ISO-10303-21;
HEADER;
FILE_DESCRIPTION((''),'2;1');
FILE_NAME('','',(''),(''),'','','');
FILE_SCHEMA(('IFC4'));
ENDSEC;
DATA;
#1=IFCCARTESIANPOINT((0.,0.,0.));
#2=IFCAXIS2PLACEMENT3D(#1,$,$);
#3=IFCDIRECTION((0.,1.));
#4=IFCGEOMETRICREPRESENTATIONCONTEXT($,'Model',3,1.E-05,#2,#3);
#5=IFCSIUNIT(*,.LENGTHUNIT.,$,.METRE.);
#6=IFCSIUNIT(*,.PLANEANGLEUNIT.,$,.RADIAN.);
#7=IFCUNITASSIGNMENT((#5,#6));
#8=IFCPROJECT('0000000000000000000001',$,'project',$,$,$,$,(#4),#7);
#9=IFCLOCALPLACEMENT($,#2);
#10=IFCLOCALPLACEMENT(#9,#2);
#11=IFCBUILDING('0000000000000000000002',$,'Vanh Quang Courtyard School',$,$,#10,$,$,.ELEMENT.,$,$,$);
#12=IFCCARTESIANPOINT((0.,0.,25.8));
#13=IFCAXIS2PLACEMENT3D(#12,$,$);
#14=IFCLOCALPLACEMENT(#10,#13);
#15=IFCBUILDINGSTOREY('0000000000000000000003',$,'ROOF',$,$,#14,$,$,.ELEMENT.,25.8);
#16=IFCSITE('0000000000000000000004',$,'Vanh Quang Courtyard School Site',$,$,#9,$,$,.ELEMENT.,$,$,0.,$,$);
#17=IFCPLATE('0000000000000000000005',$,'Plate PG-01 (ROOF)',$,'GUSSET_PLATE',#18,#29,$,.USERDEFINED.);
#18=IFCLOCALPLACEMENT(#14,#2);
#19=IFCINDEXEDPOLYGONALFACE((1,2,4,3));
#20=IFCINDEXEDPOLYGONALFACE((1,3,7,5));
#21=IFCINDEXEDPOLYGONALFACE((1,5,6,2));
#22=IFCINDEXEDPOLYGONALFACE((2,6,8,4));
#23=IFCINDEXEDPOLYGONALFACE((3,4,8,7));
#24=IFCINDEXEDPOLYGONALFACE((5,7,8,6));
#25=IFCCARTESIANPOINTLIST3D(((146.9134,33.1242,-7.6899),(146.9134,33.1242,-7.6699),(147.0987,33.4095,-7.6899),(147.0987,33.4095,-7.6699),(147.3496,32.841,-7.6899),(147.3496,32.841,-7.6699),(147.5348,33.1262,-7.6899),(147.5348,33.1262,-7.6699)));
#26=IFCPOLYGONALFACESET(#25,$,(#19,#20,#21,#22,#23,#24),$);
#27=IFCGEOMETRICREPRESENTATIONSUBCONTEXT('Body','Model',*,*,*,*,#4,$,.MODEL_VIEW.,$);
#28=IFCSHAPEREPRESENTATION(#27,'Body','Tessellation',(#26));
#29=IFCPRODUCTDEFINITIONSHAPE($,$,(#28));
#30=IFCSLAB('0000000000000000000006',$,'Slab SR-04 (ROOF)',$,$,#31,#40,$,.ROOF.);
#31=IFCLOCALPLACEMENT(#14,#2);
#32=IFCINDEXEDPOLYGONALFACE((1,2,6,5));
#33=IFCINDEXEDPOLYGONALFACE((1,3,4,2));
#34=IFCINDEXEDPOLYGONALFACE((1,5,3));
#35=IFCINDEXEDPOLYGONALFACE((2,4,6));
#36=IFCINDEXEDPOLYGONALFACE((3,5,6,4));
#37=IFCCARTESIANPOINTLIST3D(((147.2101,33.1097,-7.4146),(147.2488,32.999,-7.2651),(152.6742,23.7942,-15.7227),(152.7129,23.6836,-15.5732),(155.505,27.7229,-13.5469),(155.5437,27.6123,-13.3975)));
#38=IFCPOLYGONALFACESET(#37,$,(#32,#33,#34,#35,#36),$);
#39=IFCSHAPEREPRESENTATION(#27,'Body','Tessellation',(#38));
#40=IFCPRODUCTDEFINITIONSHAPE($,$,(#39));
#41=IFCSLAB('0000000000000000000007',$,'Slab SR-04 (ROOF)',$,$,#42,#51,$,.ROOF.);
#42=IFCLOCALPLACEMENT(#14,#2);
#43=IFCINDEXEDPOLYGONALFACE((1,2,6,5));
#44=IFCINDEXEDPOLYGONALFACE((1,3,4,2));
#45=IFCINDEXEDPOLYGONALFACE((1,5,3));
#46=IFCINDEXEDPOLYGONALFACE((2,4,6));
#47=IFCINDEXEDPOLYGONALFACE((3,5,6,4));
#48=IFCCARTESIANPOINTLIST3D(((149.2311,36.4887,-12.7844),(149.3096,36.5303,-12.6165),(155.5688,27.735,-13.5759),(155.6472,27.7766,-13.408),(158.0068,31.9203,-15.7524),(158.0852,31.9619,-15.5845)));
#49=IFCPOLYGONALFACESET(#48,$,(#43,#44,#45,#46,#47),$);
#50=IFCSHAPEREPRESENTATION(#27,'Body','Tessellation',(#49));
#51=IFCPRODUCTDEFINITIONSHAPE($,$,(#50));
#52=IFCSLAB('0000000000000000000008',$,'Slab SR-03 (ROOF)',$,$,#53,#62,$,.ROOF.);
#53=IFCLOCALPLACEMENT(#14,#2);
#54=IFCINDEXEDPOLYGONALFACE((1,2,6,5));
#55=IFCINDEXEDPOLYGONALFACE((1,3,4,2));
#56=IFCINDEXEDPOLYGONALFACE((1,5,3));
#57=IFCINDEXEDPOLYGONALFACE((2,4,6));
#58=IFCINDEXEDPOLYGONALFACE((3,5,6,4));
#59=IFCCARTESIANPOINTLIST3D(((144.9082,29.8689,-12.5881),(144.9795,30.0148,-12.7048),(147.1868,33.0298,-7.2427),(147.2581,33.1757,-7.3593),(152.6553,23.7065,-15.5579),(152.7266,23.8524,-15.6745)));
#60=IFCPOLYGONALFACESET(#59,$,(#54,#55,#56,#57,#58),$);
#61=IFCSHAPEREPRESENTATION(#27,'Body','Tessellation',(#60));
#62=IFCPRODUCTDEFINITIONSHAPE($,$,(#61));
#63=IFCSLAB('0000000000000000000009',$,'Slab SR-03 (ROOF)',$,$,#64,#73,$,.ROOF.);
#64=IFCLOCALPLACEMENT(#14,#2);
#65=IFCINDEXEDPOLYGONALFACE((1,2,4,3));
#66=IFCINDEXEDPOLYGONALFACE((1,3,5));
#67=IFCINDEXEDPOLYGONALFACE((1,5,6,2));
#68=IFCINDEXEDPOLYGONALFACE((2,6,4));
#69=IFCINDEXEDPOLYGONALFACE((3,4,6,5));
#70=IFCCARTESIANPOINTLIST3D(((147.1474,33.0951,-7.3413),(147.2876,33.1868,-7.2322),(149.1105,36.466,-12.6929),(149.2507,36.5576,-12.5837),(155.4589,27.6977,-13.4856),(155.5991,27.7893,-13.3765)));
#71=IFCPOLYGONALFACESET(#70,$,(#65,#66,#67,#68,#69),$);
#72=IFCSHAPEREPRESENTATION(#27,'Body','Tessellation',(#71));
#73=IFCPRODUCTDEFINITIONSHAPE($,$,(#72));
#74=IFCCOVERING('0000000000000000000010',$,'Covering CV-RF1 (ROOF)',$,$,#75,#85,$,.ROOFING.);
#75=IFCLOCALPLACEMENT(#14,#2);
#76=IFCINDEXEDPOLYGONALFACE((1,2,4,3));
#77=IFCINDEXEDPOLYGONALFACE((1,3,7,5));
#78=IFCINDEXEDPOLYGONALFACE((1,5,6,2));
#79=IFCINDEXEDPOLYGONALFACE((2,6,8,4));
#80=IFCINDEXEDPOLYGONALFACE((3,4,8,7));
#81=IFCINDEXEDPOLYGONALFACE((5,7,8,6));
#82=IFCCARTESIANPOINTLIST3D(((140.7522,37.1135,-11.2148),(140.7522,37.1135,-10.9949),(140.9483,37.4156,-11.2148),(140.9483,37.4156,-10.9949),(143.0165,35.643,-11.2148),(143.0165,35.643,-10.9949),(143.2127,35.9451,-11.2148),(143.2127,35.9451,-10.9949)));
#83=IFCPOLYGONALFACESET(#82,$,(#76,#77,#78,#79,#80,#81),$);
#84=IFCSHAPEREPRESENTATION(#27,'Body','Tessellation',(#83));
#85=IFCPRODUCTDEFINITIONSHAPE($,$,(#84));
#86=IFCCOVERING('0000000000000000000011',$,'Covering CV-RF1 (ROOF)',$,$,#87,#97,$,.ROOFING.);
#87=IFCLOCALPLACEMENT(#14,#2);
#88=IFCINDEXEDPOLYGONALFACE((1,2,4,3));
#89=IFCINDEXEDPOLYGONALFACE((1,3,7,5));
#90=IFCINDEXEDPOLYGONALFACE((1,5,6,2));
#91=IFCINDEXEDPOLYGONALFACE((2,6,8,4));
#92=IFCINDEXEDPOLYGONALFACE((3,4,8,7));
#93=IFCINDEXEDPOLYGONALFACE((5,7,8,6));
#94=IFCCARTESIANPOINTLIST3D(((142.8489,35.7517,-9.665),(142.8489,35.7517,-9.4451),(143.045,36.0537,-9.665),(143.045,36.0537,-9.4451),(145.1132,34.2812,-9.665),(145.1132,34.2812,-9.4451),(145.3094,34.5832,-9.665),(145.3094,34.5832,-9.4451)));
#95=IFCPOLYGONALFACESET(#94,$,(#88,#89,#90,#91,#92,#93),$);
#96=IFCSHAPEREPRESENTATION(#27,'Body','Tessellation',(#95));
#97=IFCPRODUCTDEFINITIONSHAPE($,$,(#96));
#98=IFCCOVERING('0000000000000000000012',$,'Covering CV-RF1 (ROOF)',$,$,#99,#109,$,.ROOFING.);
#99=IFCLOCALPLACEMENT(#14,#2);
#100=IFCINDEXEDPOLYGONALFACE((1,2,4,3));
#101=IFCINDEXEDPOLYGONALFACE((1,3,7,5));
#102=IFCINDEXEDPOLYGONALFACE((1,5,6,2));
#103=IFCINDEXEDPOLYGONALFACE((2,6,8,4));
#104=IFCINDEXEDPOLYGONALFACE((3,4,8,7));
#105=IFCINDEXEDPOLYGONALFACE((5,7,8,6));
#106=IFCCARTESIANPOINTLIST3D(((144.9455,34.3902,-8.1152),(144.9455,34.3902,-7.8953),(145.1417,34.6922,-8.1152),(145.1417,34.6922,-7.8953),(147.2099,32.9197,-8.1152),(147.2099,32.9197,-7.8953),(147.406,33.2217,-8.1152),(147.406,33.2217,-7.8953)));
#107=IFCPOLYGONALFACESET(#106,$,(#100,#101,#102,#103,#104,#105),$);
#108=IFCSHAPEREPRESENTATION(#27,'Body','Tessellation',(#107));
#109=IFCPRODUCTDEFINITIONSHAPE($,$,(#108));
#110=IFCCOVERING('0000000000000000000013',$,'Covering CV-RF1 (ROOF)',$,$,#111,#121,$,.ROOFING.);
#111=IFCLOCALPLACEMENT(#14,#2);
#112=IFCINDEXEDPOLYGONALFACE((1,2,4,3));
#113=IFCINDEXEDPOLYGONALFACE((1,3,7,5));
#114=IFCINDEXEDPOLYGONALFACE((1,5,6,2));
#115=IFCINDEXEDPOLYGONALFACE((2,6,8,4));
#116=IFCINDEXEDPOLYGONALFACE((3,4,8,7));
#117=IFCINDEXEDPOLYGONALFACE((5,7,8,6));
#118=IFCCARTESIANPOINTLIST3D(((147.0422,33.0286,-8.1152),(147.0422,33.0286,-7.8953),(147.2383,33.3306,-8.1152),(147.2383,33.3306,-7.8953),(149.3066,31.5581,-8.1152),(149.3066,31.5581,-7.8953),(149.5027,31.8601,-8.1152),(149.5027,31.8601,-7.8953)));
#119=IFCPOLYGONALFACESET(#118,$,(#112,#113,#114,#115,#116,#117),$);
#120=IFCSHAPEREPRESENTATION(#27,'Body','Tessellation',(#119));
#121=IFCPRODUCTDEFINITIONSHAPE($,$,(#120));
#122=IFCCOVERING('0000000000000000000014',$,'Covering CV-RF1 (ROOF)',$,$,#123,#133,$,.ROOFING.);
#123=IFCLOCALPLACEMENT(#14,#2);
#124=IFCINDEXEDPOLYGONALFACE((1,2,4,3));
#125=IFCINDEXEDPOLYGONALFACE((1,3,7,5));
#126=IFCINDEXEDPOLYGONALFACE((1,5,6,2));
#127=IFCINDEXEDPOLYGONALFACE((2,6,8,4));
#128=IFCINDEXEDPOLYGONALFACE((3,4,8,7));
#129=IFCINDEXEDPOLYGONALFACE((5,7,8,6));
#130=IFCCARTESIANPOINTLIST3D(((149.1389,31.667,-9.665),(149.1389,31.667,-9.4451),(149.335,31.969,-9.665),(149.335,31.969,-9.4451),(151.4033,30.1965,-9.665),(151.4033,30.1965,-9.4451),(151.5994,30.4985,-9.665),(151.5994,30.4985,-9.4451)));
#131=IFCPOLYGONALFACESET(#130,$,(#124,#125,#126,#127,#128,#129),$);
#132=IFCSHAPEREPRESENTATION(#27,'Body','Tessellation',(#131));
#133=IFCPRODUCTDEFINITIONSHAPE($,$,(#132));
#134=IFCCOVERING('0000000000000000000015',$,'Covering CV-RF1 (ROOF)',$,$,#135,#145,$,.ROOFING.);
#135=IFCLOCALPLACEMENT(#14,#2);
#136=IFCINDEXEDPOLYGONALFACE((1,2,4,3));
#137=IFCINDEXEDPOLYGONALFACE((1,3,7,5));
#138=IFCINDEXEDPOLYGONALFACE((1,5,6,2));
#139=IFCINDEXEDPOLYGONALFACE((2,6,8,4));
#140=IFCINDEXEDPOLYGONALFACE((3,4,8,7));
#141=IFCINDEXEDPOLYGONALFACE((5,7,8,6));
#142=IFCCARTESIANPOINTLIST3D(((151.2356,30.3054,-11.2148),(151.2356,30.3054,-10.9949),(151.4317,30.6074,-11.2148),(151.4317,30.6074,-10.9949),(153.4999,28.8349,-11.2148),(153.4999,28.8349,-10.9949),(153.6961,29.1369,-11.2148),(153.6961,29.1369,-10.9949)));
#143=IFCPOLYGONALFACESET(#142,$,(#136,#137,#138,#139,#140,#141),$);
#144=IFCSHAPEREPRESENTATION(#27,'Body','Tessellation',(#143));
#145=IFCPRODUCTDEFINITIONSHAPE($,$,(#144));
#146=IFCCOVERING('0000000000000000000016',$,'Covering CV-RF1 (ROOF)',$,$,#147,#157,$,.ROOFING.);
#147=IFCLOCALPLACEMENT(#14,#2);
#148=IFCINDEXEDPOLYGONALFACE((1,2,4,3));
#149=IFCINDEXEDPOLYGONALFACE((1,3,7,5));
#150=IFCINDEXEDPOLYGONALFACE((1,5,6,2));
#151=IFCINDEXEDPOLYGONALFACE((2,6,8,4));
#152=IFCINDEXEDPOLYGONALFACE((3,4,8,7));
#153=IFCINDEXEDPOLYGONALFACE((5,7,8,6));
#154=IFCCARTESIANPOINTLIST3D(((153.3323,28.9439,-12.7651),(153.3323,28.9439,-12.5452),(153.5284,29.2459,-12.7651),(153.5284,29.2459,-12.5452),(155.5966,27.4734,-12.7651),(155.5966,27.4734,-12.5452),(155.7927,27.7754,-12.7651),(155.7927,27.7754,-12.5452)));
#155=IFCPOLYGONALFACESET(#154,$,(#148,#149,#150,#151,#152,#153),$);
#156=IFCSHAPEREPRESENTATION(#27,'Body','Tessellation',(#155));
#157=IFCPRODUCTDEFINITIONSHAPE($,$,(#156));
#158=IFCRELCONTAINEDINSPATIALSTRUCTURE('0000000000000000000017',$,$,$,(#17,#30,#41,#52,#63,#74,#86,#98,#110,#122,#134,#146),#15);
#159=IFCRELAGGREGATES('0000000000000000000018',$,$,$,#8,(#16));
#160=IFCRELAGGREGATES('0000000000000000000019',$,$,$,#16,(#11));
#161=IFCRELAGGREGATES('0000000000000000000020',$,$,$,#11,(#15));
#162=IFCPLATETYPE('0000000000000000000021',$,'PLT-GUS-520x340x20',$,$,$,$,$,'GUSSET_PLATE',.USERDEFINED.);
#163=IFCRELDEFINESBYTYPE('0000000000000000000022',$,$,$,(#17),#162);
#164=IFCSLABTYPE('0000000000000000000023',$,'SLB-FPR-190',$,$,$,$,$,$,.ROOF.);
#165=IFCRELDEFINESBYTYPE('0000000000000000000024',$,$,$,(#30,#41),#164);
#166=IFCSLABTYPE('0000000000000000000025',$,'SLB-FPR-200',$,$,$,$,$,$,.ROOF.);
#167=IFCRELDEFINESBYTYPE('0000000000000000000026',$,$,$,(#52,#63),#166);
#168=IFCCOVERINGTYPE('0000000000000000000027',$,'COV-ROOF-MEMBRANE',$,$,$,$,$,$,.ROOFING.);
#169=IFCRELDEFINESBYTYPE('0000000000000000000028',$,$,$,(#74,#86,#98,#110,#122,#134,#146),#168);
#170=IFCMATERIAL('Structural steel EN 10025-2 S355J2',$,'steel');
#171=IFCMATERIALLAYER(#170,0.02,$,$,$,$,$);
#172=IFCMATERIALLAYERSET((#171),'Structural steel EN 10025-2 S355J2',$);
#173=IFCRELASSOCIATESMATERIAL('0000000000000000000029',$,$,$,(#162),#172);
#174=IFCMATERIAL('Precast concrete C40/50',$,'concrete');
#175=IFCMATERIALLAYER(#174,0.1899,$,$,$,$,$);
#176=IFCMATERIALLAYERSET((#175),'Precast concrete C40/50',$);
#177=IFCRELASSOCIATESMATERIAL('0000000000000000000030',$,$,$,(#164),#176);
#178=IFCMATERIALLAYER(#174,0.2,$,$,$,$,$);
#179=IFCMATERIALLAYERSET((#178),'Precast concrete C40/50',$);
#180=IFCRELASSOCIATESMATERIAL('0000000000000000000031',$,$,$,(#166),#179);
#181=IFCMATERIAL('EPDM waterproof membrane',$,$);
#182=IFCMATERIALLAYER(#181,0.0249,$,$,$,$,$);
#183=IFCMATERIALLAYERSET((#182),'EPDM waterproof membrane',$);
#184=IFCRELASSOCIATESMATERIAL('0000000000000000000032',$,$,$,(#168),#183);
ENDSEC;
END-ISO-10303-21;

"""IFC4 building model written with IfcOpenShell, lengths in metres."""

from ifc_helpers import new_model, si_unit, direction, frame, origin, origin_2d, place, context, subcontext, project, spatial, polyline, rectangle, outline, extrude, material, layer, layer_set, type_object, element, save


model = new_model("IFC4")

# Units and contexts
model_context = context("Model", 3, precision=1e-05, world=origin(), true_north=direction((0.0, 1.0)))
body_context = subcontext(model_context, "Body", "Model", "MODEL_VIEW")
ifc_project = project(units=[si_unit("LENGTHUNIT", "METRE"), si_unit("PLANEANGLEUNIT", "RADIAN")], contexts=[model_context])

# Site, building, storey
site_placement = place(None, origin())
site = spatial("IfcSite", under=ifc_project, at=site_placement, Name="Vanh Quang Courtyard School Site", CompositionType="ELEMENT", RefElevation=0.0)
building_placement = place(site_placement, origin())
building = spatial("IfcBuilding", under=site, at=building_placement, Name="Vanh Quang Courtyard School", CompositionType="ELEMENT")
storey_placement = place(building_placement, frame((0.0, 0.0, 25.8)))
storey = spatial("IfcBuildingStorey", under=building, at=storey_placement, Name="ROOF", CompositionType="ELEMENT", Elevation=25.8)

# Shared definitions
ifc_material_1 = material(Name="Structural steel EN 10025-2 S355J2", Category="steel")

# Plate
ifc_layer_1 = layer(ifc_material_1, 0.02)
ifc_layer_set_1 = layer_set([ifc_layer_1], Name="Structural steel EN 10025-2 S355J2")
plate_type_1 = type_object("IfcPlateType", Name="PLT-GUS-520x340x20", ElementType="GUSSET_PLATE", PredefinedType="USERDEFINED", material=ifc_layer_set_1)
plate_placement = place(storey_placement, frame((147.2241, 33.1252, -7.6899), z_axis=(0.0, 0.0, 1.0), x_axis=(0.838671, -0.544639, 0.0)))
element("IfcPlate", 1, at=plate_placement, inside=storey, type_object=plate_type_1, Name="Plate PG-01 (ROOF)", ObjectType="GUSSET_PLATE", PredefinedType="USERDEFINED", context=body_context, shape_type="SweptSolid", body=[
    extrude(rectangle(XDim=0.52, YDim=0.3401, at=origin_2d()), origin(), (0.0, 0.0, 1.0), 0.02),
])

# Slabs
ifc_material_2 = material(Name="Precast concrete C40/50", Category="concrete")
ifc_layer_2 = layer(ifc_material_2, 0.1899)
ifc_layer_set_2 = layer_set([ifc_layer_2], Name="Precast concrete C40/50")
slab_type_1 = type_object("IfcSlabType", Name="SLB-FPR-190", PredefinedType="ROOF", material=ifc_layer_set_2)
slab_1_placement = place(storey_placement, frame((147.2488, 32.999, -7.2651), z_axis=(0.203525, -0.582477, 0.786955), x_axis=(0.401017, -0.683669, -0.60974)))
element("IfcSlab", 2, at=slab_1_placement, inside=storey, type_object=slab_type_1, Name="Slab SR-04 (ROOF)", PredefinedType="ROOF", context=body_context, shape_type="SweptSolid", body=[
    extrude(outline(polyline([(0.0, 0.0), (13.6257, 0.0), (10.7483, 4.4613), (0.0, 0.0)])), origin(), (0.0, 0.0, -1.0), 0.1899),
])
slab_2_placement = place(storey_placement, frame((149.3096, 36.5303, -12.6165), z_axis=(0.413028, 0.219104, 0.883969), x_axis=(0.58487, -0.807832, -0.073044)))
element("IfcSlab", 3, at=slab_2_placement, inside=storey, type_object=slab_type_1, Name="Slab SR-04 (ROOF)", PredefinedType="ROOF", context=body_context, shape_type="SweptSolid", body=[
    extrude(outline(polyline([(0.0, 0.0), (10.836, 0.0), (9.0399, 4.9972), (0.0, 0.0)])), origin(), (0.0, 0.0, -1.0), 0.1899),
])
ifc_layer_3 = layer(ifc_material_2, 0.2)
ifc_layer_set_3 = layer_set([ifc_layer_3], Name="Precast concrete C40/50")
slab_type_2 = type_object("IfcSlabType", Name="SLB-FPR-200", PredefinedType="ROOF", material=ifc_layer_set_3)
slab_3_placement = place(storey_placement, frame((144.9082, 29.8689, -12.5881), z_axis=(-0.356693, -0.729606, 0.583477), x_axis=(0.7496, -0.596264, -0.287348)))
element("IfcSlab", 4, at=slab_3_placement, inside=storey, type_object=slab_type_2, Name="Slab SR-03 (ROOF)", PredefinedType="ROOF", context=body_context, shape_type="SweptSolid", body=[
    extrude(outline(polyline([(0.0, 0.0), (10.3349, 0.0), (-1.7127, 6.3893), (0.0, 0.0)])), origin(), (0.0, 0.0, -1.0), 0.2),
])
slab_4_placement = place(storey_placement, frame((147.2876, 33.1868, -7.2322), z_axis=(0.701282, 0.458378, 0.545978), x_axis=(0.712796, -0.462886, -0.526934)))
element("IfcSlab", 5, at=slab_4_placement, inside=storey, type_object=slab_type_2, Name="Slab SR-03 (ROOF)", PredefinedType="ROOF", context=body_context, shape_type="SweptSolid", body=[
    extrude(outline(polyline([(0.0, 0.0), (11.6605, 0.0), (2.6589, 6.0651), (0.0, 0.0)])), origin(), (0.0, 0.0, -1.0), 0.2),
])

# Coverings
ifc_material_3 = material(Name="EPDM waterproof membrane")
ifc_layer_4 = layer(ifc_material_3, 0.0249)
ifc_layer_set_4 = layer_set([ifc_layer_4], Name="EPDM waterproof membrane")
covering_type = type_object("IfcCoveringType", Name="COV-ROOF-MEMBRANE", PredefinedType="ROOFING", material=ifc_layer_set_4)
for number, where, z_axis, x_axis, name in (
    (6, (141.9824, 36.5293, -11.2148), (0.0, 0.0, 1.0), (0.838671, -0.544639, 0.0), "Covering CV-RF1 (ROOF)"),
    (7, (144.0791, 35.1675, -9.665), (0.0, 0.0, 1.0), (0.838671, -0.544639, 0.0), "Covering CV-RF1 (ROOF)"),
    (8, (146.1758, 33.8059, -8.1152), (0.0, 0.0, 1.0), (0.838671, -0.544639, 0.0), "Covering CV-RF1 (ROOF)"),
    (9, (148.2725, 32.4443, -8.1152), (0.0, 0.0, 1.0), (0.838671, -0.544639, 0.0), "Covering CV-RF1 (ROOF)"),
    (10, (150.3691, 31.0828, -9.665), (0.0, 0.0, 1.0), (0.838671, -0.544639, 0.0), "Covering CV-RF1 (ROOF)"),
    (11, (152.4658, 29.7212, -11.2148), (0.0, 0.0, 1.0), (0.838671, -0.544639, 0.0), "Covering CV-RF1 (ROOF)"),
    (12, (154.5625, 28.3596, -12.7651), (0.0, 0.0, 1.0), (0.838671, -0.544639, 0.0), "Covering CV-RF1 (ROOF)"),
):
    element("IfcCovering", number, at=place(storey_placement, frame(where, z_axis=z_axis, x_axis=x_axis)), inside=storey, type_object=covering_type, Name=name, PredefinedType="ROOFING", context=body_context, shape_type="SweptSolid", body=[
        extrude(rectangle(XDim=2.7, YDim=0.3601, at=origin_2d()), origin(), (0.0, 0.0, 1.0), 0.22),
    ])

save(model, "model.ifc")
